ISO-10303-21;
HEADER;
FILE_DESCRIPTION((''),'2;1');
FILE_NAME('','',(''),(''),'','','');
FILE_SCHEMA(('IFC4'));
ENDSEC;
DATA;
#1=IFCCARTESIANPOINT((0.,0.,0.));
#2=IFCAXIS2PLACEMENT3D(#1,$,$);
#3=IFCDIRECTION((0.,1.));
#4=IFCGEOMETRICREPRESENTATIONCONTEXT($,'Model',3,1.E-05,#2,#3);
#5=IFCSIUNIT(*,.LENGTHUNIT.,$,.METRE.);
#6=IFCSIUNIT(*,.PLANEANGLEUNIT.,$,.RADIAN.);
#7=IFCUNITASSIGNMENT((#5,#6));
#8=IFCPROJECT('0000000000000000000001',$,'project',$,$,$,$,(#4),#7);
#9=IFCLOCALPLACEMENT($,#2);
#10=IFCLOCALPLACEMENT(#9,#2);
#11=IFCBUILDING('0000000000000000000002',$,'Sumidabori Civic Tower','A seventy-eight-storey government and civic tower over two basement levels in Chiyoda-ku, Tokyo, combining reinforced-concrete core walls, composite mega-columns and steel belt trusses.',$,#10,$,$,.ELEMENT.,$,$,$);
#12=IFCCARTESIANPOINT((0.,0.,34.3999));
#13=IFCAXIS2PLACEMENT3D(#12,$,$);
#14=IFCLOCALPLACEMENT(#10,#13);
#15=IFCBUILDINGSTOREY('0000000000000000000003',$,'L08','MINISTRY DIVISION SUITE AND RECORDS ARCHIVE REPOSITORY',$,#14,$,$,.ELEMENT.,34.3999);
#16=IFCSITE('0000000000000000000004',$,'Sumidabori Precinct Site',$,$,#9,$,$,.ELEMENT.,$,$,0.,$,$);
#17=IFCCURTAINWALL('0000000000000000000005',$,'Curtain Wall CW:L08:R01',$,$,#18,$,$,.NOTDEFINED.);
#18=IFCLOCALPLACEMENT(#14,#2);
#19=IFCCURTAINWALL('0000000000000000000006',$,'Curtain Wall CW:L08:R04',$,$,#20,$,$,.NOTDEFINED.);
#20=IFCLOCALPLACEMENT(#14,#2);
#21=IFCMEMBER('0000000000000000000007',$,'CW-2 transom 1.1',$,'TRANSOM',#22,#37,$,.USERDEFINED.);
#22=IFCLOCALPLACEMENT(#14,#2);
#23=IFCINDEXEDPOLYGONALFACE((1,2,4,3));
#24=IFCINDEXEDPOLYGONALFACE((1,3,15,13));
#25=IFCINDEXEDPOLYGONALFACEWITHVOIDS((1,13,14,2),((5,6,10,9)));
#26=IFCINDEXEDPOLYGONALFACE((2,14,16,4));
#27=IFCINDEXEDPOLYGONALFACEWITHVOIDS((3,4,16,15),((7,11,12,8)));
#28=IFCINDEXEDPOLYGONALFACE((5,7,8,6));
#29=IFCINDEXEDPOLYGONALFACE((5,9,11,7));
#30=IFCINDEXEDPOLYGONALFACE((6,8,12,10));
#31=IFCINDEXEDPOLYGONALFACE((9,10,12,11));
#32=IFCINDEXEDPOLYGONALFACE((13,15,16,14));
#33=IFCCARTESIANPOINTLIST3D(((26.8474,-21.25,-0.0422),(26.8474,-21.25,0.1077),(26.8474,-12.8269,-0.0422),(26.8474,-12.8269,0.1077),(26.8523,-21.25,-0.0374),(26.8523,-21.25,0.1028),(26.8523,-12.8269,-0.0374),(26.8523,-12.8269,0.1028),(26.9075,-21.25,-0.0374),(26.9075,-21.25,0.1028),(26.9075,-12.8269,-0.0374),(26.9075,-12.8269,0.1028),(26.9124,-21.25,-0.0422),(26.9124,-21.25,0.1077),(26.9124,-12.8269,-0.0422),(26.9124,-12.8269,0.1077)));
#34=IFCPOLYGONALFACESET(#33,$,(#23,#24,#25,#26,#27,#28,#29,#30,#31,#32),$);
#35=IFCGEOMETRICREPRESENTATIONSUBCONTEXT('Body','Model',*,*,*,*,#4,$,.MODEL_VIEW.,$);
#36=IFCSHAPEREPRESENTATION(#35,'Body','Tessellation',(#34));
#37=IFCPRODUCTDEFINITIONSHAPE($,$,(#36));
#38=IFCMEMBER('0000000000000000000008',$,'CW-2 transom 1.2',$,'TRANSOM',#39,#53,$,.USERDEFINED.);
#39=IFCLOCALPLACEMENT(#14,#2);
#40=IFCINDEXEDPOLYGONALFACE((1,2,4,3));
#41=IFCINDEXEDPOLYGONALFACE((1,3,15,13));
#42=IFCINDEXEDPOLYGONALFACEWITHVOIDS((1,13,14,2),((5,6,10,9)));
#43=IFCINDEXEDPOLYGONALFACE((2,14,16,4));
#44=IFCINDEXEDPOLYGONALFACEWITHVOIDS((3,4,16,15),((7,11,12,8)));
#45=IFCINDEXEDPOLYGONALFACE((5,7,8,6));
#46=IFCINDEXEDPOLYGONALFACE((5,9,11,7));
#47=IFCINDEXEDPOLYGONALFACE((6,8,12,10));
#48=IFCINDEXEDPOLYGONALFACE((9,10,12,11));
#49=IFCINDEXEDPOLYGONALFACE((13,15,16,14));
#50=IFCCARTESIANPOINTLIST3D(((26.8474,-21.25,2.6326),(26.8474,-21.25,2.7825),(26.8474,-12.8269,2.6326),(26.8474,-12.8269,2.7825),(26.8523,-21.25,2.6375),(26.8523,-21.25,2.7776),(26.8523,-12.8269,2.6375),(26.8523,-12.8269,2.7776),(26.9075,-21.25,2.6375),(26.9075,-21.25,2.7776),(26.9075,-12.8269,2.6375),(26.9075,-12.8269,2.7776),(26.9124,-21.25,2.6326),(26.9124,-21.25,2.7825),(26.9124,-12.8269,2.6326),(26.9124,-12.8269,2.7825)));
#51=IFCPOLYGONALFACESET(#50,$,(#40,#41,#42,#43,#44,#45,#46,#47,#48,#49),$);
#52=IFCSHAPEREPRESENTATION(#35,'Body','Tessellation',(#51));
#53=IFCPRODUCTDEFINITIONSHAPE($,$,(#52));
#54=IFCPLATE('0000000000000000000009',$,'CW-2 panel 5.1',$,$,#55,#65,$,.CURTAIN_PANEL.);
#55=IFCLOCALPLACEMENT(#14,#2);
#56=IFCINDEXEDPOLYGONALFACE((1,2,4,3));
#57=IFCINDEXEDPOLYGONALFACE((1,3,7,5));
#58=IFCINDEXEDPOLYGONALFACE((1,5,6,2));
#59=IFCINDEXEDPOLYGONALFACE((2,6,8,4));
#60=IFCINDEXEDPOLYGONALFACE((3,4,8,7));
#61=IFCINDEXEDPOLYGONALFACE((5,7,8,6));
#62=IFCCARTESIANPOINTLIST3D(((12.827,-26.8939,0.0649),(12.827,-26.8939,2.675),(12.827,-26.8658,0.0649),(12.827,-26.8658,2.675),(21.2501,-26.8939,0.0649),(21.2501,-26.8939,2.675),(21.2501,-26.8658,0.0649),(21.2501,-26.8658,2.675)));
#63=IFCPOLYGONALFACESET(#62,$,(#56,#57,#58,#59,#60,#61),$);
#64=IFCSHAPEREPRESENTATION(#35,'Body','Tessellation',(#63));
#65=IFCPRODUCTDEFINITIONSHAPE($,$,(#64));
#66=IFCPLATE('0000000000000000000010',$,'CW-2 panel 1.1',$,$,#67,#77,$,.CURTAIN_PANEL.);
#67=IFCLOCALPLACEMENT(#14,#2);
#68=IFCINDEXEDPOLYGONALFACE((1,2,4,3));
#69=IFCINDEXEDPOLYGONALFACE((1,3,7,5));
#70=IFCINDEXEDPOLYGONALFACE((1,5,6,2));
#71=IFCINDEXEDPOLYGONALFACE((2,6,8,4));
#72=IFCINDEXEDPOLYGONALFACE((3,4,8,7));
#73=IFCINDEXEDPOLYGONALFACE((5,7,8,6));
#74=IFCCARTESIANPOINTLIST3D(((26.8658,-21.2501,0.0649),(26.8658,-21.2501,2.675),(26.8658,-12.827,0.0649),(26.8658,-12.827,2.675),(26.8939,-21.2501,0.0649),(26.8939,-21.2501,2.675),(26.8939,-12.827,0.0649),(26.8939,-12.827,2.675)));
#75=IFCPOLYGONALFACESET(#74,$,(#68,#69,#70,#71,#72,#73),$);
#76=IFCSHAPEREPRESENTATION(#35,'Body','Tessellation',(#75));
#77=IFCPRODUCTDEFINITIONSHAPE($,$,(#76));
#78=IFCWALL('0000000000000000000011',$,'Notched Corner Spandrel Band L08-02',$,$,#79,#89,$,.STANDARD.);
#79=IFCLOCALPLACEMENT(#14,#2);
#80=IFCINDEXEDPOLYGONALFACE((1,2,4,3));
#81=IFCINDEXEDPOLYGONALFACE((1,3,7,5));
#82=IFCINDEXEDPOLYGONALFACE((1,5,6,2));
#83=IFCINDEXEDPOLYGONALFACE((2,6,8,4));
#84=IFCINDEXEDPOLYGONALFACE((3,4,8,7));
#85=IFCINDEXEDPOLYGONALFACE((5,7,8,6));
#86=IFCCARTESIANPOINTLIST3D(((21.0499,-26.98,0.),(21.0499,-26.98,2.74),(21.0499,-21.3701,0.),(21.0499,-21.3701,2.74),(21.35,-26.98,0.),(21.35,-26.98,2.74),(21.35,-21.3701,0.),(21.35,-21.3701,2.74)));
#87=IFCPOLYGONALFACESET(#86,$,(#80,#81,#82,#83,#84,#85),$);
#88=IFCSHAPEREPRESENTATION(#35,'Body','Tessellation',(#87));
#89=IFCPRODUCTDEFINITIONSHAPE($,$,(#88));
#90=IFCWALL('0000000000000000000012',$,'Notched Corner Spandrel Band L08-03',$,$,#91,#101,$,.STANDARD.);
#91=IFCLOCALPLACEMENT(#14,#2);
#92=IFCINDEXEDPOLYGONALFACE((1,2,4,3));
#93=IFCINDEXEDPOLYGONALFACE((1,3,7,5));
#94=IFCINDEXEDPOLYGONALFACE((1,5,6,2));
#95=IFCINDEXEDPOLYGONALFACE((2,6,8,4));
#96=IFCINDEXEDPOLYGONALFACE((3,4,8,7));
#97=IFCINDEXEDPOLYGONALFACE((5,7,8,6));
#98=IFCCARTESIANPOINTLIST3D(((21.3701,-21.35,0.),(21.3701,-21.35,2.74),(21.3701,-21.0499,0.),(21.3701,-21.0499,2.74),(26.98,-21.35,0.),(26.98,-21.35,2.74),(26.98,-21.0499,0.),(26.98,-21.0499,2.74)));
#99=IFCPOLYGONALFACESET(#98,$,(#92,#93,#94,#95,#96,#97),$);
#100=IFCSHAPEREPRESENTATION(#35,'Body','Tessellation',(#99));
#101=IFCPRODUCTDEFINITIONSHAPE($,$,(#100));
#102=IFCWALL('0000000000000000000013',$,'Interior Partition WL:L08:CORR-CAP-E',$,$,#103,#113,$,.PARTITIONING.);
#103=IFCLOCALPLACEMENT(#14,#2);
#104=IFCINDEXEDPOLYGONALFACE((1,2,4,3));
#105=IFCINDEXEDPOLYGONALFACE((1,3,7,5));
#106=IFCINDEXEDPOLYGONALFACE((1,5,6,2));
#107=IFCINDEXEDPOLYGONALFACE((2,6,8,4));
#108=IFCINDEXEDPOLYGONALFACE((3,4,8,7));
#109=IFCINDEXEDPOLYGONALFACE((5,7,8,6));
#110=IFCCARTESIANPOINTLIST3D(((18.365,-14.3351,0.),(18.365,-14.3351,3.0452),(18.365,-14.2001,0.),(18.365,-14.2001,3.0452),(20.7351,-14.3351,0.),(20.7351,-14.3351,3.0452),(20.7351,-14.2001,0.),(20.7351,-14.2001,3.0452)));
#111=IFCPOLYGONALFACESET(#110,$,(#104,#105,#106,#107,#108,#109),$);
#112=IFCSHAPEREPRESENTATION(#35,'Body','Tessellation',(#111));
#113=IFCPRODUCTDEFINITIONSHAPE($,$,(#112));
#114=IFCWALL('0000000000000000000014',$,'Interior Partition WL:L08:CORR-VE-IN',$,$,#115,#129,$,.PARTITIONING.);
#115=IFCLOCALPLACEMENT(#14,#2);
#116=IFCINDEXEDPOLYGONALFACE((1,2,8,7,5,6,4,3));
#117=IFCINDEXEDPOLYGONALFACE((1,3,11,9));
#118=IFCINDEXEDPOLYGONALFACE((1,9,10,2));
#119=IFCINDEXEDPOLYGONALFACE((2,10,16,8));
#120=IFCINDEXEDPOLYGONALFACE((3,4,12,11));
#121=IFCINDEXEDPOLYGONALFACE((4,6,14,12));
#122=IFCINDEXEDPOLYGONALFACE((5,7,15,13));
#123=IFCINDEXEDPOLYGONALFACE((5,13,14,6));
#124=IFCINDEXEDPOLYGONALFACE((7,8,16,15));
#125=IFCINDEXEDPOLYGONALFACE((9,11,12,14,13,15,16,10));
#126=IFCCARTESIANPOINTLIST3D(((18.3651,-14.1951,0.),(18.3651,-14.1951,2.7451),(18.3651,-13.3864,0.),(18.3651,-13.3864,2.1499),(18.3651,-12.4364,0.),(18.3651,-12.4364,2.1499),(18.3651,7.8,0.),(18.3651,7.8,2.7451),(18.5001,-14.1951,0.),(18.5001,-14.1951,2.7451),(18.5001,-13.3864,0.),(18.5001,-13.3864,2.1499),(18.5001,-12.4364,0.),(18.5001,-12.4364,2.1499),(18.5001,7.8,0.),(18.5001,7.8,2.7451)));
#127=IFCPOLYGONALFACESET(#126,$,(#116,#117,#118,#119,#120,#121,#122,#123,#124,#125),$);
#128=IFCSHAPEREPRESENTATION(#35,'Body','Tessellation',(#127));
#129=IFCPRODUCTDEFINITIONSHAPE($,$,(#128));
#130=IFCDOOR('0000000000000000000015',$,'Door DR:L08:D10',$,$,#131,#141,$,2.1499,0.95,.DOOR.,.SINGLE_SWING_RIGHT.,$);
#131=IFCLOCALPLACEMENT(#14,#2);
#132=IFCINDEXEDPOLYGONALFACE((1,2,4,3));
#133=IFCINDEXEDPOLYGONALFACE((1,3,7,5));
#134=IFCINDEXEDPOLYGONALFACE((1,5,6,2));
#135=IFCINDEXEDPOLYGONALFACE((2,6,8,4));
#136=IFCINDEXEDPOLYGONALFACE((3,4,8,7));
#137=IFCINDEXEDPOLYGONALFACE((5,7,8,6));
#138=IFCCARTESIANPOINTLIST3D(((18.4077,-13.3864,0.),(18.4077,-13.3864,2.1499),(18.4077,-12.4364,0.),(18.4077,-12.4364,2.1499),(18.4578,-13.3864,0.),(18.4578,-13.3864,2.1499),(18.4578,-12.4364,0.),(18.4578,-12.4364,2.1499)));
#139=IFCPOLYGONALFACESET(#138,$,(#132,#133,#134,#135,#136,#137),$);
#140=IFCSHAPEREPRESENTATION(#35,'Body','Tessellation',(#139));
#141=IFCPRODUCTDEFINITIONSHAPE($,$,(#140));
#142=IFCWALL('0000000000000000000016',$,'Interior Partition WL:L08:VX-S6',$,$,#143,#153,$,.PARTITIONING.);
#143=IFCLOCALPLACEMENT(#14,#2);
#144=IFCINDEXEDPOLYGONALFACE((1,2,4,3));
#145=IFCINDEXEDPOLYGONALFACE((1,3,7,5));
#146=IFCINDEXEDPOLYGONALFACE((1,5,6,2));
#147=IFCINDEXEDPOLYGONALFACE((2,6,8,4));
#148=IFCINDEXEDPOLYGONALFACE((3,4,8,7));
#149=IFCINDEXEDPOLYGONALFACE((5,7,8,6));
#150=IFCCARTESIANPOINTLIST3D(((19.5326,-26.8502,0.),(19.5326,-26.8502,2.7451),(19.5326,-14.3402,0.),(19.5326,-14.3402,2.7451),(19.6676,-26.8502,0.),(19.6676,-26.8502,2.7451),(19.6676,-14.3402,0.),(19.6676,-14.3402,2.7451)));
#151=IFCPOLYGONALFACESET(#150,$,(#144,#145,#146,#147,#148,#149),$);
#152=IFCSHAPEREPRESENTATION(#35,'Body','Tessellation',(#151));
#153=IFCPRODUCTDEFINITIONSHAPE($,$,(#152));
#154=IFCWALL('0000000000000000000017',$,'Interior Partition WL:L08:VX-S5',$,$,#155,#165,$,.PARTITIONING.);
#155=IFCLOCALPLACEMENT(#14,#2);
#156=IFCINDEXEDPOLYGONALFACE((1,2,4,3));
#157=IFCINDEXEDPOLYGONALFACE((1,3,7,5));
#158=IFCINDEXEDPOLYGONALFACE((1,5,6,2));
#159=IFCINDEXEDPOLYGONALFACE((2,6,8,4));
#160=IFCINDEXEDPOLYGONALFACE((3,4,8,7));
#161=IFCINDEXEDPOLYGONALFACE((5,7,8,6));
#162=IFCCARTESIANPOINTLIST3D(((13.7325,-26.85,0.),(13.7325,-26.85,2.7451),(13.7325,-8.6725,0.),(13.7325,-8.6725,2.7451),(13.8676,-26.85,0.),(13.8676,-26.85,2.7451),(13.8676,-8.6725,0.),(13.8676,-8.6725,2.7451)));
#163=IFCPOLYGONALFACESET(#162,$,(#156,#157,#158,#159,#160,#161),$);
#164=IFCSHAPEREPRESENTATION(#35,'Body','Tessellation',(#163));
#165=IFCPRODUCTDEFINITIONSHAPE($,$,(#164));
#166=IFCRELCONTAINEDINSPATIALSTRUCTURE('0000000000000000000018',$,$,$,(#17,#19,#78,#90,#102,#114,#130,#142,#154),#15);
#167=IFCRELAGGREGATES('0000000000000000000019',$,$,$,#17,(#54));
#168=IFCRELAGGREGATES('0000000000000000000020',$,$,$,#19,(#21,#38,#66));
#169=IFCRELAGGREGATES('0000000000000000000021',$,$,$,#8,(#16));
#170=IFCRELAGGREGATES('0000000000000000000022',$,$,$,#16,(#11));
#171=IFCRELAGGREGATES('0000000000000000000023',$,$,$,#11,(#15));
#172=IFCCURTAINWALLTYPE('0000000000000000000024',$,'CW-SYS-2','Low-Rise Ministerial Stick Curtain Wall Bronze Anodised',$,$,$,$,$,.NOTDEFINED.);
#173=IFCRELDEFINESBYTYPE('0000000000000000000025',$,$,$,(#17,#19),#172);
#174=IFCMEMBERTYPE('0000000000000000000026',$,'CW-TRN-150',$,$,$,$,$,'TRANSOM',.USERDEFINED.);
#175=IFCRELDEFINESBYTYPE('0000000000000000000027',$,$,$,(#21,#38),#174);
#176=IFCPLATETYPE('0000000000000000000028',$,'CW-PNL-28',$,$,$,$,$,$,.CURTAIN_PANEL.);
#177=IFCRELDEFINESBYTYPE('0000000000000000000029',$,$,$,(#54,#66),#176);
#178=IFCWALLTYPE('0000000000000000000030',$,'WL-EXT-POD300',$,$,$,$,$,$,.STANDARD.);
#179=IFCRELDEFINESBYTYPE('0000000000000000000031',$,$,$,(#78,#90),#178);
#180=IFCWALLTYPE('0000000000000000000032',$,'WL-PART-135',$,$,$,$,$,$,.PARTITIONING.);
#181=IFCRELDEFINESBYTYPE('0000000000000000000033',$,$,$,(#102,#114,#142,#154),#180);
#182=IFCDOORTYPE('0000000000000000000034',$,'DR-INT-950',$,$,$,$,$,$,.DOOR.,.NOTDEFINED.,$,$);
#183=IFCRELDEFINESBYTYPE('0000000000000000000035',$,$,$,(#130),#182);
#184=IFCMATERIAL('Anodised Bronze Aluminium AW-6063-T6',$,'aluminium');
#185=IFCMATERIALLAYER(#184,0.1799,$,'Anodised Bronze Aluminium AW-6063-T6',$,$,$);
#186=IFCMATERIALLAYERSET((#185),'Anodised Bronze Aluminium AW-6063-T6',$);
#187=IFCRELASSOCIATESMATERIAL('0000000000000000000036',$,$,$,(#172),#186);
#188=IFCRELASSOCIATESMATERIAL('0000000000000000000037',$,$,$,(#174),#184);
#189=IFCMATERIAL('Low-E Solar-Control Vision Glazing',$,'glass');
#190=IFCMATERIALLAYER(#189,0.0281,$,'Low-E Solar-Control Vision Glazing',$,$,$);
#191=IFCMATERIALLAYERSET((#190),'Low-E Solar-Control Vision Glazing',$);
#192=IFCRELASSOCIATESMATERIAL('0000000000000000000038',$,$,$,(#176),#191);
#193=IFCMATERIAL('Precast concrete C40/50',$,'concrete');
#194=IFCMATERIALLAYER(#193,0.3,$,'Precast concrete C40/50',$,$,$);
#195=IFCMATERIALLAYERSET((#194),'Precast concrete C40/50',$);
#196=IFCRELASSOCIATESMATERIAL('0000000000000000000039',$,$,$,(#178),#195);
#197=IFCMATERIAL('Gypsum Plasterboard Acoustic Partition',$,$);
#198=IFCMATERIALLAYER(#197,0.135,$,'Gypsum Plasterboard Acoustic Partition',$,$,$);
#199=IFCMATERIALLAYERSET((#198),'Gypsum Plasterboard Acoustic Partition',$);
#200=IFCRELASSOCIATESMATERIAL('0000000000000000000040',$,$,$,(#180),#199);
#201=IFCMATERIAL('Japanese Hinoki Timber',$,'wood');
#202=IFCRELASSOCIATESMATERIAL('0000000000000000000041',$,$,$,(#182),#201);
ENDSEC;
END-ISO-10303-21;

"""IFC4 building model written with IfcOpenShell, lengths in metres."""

from ifc_helpers import new_model, si_unit, direction, frame, frame_2d, origin, origin_2d, place, context, subcontext, project, spatial, rectangle, hollow_rectangle, extrude, source, transform, mapped, material, layer, layer_set, material_profile, profile_set, type_object, element, fill, aggregate, save


model = new_model("IFC4")

# Units and contexts
model_context = context("Model", 3, precision=1e-05, world=origin(), true_north=direction((0.0, 1.0)))
body_context = subcontext(model_context, "Body", "Model", "MODEL_VIEW")
ifc_project = project(units=[si_unit("LENGTHUNIT", "METRE"), si_unit("PLANEANGLEUNIT", "RADIAN")], contexts=[model_context])

# Site, building, storey
site_placement = place(None, origin())
site = spatial("IfcSite", under=ifc_project, at=site_placement, Name="Sumidabori Precinct Site", CompositionType="ELEMENT", RefElevation=0.0)
building_placement = place(site_placement, origin())
building = spatial("IfcBuilding", under=site, at=building_placement, Name="Sumidabori Civic Tower", Description="A seventy-eight-storey government and civic tower over two basement levels in Chiyoda-ku, Tokyo, combining reinforced-concrete core walls, composite mega-columns and steel belt trusses.", CompositionType="ELEMENT")
storey_placement = place(building_placement, frame((0.0, 0.0, 34.3999)))
storey = spatial("IfcBuildingStorey", under=building, at=storey_placement, Name="L08", Description="MINISTRY DIVISION SUITE AND RECORDS ARCHIVE REPOSITORY", CompositionType="ELEMENT", Elevation=34.3999)

# Curtain walls
ifc_material_1 = material(Name="Anodised Bronze Aluminium AW-6063-T6", Category="aluminium")
ifc_layer_1 = layer(ifc_material_1, 0.1799, Name="Anodised Bronze Aluminium AW-6063-T6")
ifc_layer_set_1 = layer_set([ifc_layer_1], Name="Anodised Bronze Aluminium AW-6063-T6")
curtain_wall_type = type_object("IfcCurtainWallType", Name="CW-SYS-2", Description="Low-Rise Ministerial Stick Curtain Wall Bronze Anodised", PredefinedType="NOTDEFINED", material=ifc_layer_set_1)
curtain_wall_1_placement = place(storey_placement, origin())
curtain_wall_1 = element("IfcCurtainWall", 1, at=curtain_wall_1_placement, inside=storey, type_object=curtain_wall_type, Name="Curtain Wall CW:L08:R01", PredefinedType="NOTDEFINED")
curtain_wall_2_placement = place(storey_placement, origin())
curtain_wall_2 = element("IfcCurtainWall", 2, at=curtain_wall_2_placement, inside=storey, type_object=curtain_wall_type, Name="Curtain Wall CW:L08:R04", PredefinedType="NOTDEFINED")

# Members
ifc_material_profile_1 = material_profile(ifc_material_1, hollow_rectangle(XDim=0.0649, YDim=0.1499, WallThickness=0.0049, at=origin_2d()), Name="ALU TRANSOM 150x65")
ifc_profile_set_1 = profile_set([ifc_material_profile_1], Name="Anodised Bronze Aluminium AW-6063-T6")
member_type_1 = type_object("IfcMemberType", Name="CW-TRN-150", ElementType="TRANSOM", PredefinedType="USERDEFINED", material=ifc_profile_set_1)
shared_shape_1 = source(origin(), body_context, "Body", "SweptSolid", [
    extrude(hollow_rectangle(XDim=0.0649, YDim=0.1499, WallThickness=0.0049, at=origin_2d()), origin(), (0.0, 0.0, 1.0), 8.4231),
])
member_1_placement = place(storey_placement, frame((26.8799, -21.25, 0.0327), z_axis=(0.0, 1.0, 0.0), x_axis=(-1.0, 0.0, 0.0)))
member_1 = element("IfcMember", 3, at=member_1_placement, type_object=member_type_1, Name="CW-2 transom 1.1", ObjectType="TRANSOM", PredefinedType="USERDEFINED", context=body_context, shape_type="MappedRepresentation", body=[
    mapped(shared_shape_1, transform((0.0, 0.0, 0.0), x_axis=(1.0, 0.0, 0.0), y_axis=(0.0, 1.0, 0.0), z_axis=(0.0, 0.0, 1.0), scale=1.0)),
])
member_2_placement = place(storey_placement, frame((26.8799, -21.25, 2.7075), z_axis=(0.0, 1.0, 0.0), x_axis=(-1.0, 0.0, 0.0)))
member_2 = element("IfcMember", 4, at=member_2_placement, type_object=member_type_1, Name="CW-2 transom 1.2", ObjectType="TRANSOM", PredefinedType="USERDEFINED", context=body_context, shape_type="MappedRepresentation", body=[
    mapped(shared_shape_1, transform((0.0, 0.0, 0.0), x_axis=(1.0, 0.0, 0.0), y_axis=(0.0, 1.0, 0.0), z_axis=(0.0, 0.0, 1.0), scale=1.0)),
])

# Plates
ifc_material_2 = material(Name="Low-E Solar-Control Vision Glazing", Category="glass")
ifc_layer_2 = layer(ifc_material_2, 0.0281, Name="Low-E Solar-Control Vision Glazing")
ifc_layer_set_2 = layer_set([ifc_layer_2], Name="Low-E Solar-Control Vision Glazing")
plate_type = type_object("IfcPlateType", Name="CW-PNL-28", PredefinedType="CURTAIN_PANEL", material=ifc_layer_set_2)
shared_shape_2 = source(origin(), body_context, "Body", "SweptSolid", [
    extrude(rectangle(XDim=8.4231, YDim=0.0281, at=origin_2d()), origin(), (0.0, 0.0, 1.0), 2.6101),
])
plate_1_placement = place(storey_placement, frame((17.0386, -26.8799, 0.0649), z_axis=(0.0, 0.0, 1.0), x_axis=(1.0, 0.0, 0.0)))
plate_1 = element("IfcPlate", 5, at=plate_1_placement, type_object=plate_type, Name="CW-2 panel 5.1", PredefinedType="CURTAIN_PANEL", context=body_context, shape_type="MappedRepresentation", body=[
    mapped(shared_shape_2, transform((0.0, 0.0, 0.0), x_axis=(1.0, 0.0, 0.0), y_axis=(0.0, 1.0, 0.0), z_axis=(0.0, 0.0, 1.0), scale=1.0)),
])
aggregate(curtain_wall_1, [plate_1])
plate_2_placement = place(storey_placement, frame((26.8799, -17.0386, 0.0649), z_axis=(0.0, 0.0, 1.0), x_axis=(0.0, 1.0, 0.0)))
plate_2 = element("IfcPlate", 6, at=plate_2_placement, type_object=plate_type, Name="CW-2 panel 1.1", PredefinedType="CURTAIN_PANEL", context=body_context, shape_type="MappedRepresentation", body=[
    mapped(shared_shape_2, transform((0.0, 0.0, 0.0), x_axis=(1.0, 0.0, 0.0), y_axis=(0.0, 1.0, 0.0), z_axis=(0.0, 0.0, 1.0), scale=1.0)),
])
aggregate(curtain_wall_2, [member_1, member_2, plate_2])

# Walls
ifc_material_3 = material(Name="Precast concrete C40/50", Category="concrete")
ifc_layer_3 = layer(ifc_material_3, 0.3, Name="Precast concrete C40/50")
ifc_layer_set_3 = layer_set([ifc_layer_3], Name="Precast concrete C40/50")
wall_type_1 = type_object("IfcWallType", Name="WL-EXT-POD300", PredefinedType="STANDARD", material=ifc_layer_set_3)
shared_shape_3 = source(origin(), body_context, "Body", "SweptSolid", [
    extrude(rectangle(XDim=5.6099, YDim=0.3, at=frame_2d((2.8049, 0.0))), origin(), (0.0, 0.0, 1.0), 2.74),
])
for number, where, z_axis, x_axis, name in (
    (7, (21.2, -26.98, 0.0), (0.0, 0.0, 1.0), (0.0, 1.0, 0.0), "Notched Corner Spandrel Band L08-02"),
    (8, (21.3701, -21.2, 0.0), (0.0, 0.0, 1.0), (1.0, 0.0, 0.0), "Notched Corner Spandrel Band L08-03"),
):
    element("IfcWall", number, at=place(storey_placement, frame(where, z_axis=z_axis, x_axis=x_axis)), inside=storey, type_object=wall_type_1, Name=name, PredefinedType="STANDARD", context=body_context, shape_type="MappedRepresentation", body=[
        mapped(shared_shape_3, transform((0.0, 0.0, 0.0), x_axis=(1.0, 0.0, 0.0), y_axis=(0.0, 1.0, 0.0), z_axis=(0.0, 0.0, 1.0), scale=1.0)),
    ])
ifc_material_4 = material(Name="Gypsum Plasterboard Acoustic Partition")
ifc_layer_4 = layer(ifc_material_4, 0.135, Name="Gypsum Plasterboard Acoustic Partition")
ifc_layer_set_4 = layer_set([ifc_layer_4], Name="Gypsum Plasterboard Acoustic Partition")
wall_type_2 = type_object("IfcWallType", Name="WL-PART-135", PredefinedType="PARTITIONING", material=ifc_layer_set_4)
shared_shape_4 = source(origin(), body_context, "Body", "SweptSolid", [
    extrude(rectangle(XDim=2.3701, YDim=0.135, at=frame_2d((1.1851, 0.0))), origin(), (0.0, 0.0, 1.0), 3.0452),
])
wall_1_placement = place(storey_placement, frame((18.365, -14.2676, 0.0), z_axis=(0.0, 0.0, 1.0), x_axis=(1.0, 0.0, 0.0)))
element("IfcWall", 9, at=wall_1_placement, inside=storey, type_object=wall_type_2, Name="Interior Partition WL:L08:CORR-CAP-E", PredefinedType="PARTITIONING", context=body_context, shape_type="MappedRepresentation", body=[
    mapped(shared_shape_4, transform((0.0, 0.0, 0.0), x_axis=(1.0, 0.0, 0.0), y_axis=(0.0, 1.0, 0.0), z_axis=(0.0, 0.0, 1.0), scale=1.0)),
])

# Wall, opening, door
shared_shape_5 = source(origin(), body_context, "Body", "SweptSolid", [
    extrude(rectangle(XDim=21.9951, YDim=0.135, at=frame_2d((10.9976, 0.0))), origin(), (0.0, 0.0, 1.0), 2.7451),
])
wall_2_placement = place(storey_placement, frame((18.4326, -14.1951, 0.0), z_axis=(0.0, 0.0, 1.0), x_axis=(0.0, 1.0, 0.0)))
wall_2 = element("IfcWall", 10, at=wall_2_placement, inside=storey, type_object=wall_type_2, Name="Interior Partition WL:L08:CORR-VE-IN", PredefinedType="PARTITIONING", context=body_context, shape_type="MappedRepresentation", body=[
    mapped(shared_shape_5, transform((0.0, 0.0, 0.0), x_axis=(1.0, 0.0, 0.0), y_axis=(0.0, 1.0, 0.0), z_axis=(0.0, 0.0, 1.0), scale=1.0)),
])
opening_placement = place(wall_2_placement, frame((0.8086, 0.0, 0.0)))
opening = element("IfcOpeningElement", 11, at=opening_placement, cuts=wall_2, PredefinedType="OPENING", context=body_context, shape_type="SweptSolid", body=[
    extrude(rectangle(XDim=0.95, YDim=2.1499, at=frame_2d((0.4751, 1.075))), frame((0.0, 0.0796, 0.0), z_axis=(0.0, -1.0, 0.0), x_axis=(1.0, 0.0, 0.0)), (0.0, 0.0, 1.0), 0.1589),
])
ifc_material_5 = material(Name="Japanese Hinoki Timber", Category="wood")
door_type = type_object("IfcDoorType", Name="DR-INT-950", OperationType="NOTDEFINED", PredefinedType="DOOR", material=ifc_material_5)
shared_shape_6 = source(origin(), body_context, "Body", "SweptSolid", [
    extrude(rectangle(XDim=0.95, YDim=2.1499, at=frame_2d((0.4751, 1.075))), frame((0.0, 0.0249, 0.0), z_axis=(0.0, -1.0, 0.0), x_axis=(1.0, 0.0, 0.0)), (0.0, 0.0, 1.0), 0.05),
])
door_placement = place(opening_placement, origin())
door = element("IfcDoor", 12, at=door_placement, inside=storey, type_object=door_type, Name="Door DR:L08:D10", OperationType="SINGLE_SWING_RIGHT", OverallHeight=2.1499, OverallWidth=0.95, PredefinedType="DOOR", context=body_context, shape_type="MappedRepresentation", body=[
    mapped(shared_shape_6, transform((0.0, 0.0, 0.0), x_axis=(1.0, 0.0, 0.0), y_axis=(0.0, 1.0, 0.0), z_axis=(0.0, 0.0, 1.0), scale=1.0)),
])
fill(opening, door)

# Walls
shared_shape_7 = source(origin(), body_context, "Body", "SweptSolid", [
    extrude(rectangle(XDim=12.51, YDim=0.135, at=frame_2d((6.2549, 0.0))), origin(), (0.0, 0.0, 1.0), 2.7451),
])
wall_3_placement = place(storey_placement, frame((19.6001, -26.8501, 0.0), z_axis=(0.0, 0.0, 1.0), x_axis=(0.0, 1.0, 0.0)))
element("IfcWall", 13, at=wall_3_placement, inside=storey, type_object=wall_type_2, Name="Interior Partition WL:L08:VX-S6", PredefinedType="PARTITIONING", context=body_context, shape_type="MappedRepresentation", body=[
    mapped(shared_shape_7, transform((0.0, 0.0, 0.0), x_axis=(1.0, 0.0, 0.0), y_axis=(0.0, 1.0, 0.0), z_axis=(0.0, 0.0, 1.0), scale=1.0)),
])
shared_shape_8 = source(origin(), body_context, "Body", "SweptSolid", [
    extrude(rectangle(XDim=18.1775, YDim=0.135, at=frame_2d((9.0889, 0.0))), origin(), (0.0, 0.0, 1.0), 2.7451),
])
wall_4_placement = place(storey_placement, frame((13.8, -26.8501, 0.0), z_axis=(0.0, 0.0, 1.0), x_axis=(0.0, 1.0, 0.0)))
element("IfcWall", 14, at=wall_4_placement, inside=storey, type_object=wall_type_2, Name="Interior Partition WL:L08:VX-S5", PredefinedType="PARTITIONING", context=body_context, shape_type="MappedRepresentation", body=[
    mapped(shared_shape_8, transform((0.0, 0.0, 0.0), x_axis=(1.0, 0.0, 0.0), y_axis=(0.0, 1.0, 0.0), z_axis=(0.0, 0.0, 1.0), scale=1.0)),
])

save(model, "model.ifc")
